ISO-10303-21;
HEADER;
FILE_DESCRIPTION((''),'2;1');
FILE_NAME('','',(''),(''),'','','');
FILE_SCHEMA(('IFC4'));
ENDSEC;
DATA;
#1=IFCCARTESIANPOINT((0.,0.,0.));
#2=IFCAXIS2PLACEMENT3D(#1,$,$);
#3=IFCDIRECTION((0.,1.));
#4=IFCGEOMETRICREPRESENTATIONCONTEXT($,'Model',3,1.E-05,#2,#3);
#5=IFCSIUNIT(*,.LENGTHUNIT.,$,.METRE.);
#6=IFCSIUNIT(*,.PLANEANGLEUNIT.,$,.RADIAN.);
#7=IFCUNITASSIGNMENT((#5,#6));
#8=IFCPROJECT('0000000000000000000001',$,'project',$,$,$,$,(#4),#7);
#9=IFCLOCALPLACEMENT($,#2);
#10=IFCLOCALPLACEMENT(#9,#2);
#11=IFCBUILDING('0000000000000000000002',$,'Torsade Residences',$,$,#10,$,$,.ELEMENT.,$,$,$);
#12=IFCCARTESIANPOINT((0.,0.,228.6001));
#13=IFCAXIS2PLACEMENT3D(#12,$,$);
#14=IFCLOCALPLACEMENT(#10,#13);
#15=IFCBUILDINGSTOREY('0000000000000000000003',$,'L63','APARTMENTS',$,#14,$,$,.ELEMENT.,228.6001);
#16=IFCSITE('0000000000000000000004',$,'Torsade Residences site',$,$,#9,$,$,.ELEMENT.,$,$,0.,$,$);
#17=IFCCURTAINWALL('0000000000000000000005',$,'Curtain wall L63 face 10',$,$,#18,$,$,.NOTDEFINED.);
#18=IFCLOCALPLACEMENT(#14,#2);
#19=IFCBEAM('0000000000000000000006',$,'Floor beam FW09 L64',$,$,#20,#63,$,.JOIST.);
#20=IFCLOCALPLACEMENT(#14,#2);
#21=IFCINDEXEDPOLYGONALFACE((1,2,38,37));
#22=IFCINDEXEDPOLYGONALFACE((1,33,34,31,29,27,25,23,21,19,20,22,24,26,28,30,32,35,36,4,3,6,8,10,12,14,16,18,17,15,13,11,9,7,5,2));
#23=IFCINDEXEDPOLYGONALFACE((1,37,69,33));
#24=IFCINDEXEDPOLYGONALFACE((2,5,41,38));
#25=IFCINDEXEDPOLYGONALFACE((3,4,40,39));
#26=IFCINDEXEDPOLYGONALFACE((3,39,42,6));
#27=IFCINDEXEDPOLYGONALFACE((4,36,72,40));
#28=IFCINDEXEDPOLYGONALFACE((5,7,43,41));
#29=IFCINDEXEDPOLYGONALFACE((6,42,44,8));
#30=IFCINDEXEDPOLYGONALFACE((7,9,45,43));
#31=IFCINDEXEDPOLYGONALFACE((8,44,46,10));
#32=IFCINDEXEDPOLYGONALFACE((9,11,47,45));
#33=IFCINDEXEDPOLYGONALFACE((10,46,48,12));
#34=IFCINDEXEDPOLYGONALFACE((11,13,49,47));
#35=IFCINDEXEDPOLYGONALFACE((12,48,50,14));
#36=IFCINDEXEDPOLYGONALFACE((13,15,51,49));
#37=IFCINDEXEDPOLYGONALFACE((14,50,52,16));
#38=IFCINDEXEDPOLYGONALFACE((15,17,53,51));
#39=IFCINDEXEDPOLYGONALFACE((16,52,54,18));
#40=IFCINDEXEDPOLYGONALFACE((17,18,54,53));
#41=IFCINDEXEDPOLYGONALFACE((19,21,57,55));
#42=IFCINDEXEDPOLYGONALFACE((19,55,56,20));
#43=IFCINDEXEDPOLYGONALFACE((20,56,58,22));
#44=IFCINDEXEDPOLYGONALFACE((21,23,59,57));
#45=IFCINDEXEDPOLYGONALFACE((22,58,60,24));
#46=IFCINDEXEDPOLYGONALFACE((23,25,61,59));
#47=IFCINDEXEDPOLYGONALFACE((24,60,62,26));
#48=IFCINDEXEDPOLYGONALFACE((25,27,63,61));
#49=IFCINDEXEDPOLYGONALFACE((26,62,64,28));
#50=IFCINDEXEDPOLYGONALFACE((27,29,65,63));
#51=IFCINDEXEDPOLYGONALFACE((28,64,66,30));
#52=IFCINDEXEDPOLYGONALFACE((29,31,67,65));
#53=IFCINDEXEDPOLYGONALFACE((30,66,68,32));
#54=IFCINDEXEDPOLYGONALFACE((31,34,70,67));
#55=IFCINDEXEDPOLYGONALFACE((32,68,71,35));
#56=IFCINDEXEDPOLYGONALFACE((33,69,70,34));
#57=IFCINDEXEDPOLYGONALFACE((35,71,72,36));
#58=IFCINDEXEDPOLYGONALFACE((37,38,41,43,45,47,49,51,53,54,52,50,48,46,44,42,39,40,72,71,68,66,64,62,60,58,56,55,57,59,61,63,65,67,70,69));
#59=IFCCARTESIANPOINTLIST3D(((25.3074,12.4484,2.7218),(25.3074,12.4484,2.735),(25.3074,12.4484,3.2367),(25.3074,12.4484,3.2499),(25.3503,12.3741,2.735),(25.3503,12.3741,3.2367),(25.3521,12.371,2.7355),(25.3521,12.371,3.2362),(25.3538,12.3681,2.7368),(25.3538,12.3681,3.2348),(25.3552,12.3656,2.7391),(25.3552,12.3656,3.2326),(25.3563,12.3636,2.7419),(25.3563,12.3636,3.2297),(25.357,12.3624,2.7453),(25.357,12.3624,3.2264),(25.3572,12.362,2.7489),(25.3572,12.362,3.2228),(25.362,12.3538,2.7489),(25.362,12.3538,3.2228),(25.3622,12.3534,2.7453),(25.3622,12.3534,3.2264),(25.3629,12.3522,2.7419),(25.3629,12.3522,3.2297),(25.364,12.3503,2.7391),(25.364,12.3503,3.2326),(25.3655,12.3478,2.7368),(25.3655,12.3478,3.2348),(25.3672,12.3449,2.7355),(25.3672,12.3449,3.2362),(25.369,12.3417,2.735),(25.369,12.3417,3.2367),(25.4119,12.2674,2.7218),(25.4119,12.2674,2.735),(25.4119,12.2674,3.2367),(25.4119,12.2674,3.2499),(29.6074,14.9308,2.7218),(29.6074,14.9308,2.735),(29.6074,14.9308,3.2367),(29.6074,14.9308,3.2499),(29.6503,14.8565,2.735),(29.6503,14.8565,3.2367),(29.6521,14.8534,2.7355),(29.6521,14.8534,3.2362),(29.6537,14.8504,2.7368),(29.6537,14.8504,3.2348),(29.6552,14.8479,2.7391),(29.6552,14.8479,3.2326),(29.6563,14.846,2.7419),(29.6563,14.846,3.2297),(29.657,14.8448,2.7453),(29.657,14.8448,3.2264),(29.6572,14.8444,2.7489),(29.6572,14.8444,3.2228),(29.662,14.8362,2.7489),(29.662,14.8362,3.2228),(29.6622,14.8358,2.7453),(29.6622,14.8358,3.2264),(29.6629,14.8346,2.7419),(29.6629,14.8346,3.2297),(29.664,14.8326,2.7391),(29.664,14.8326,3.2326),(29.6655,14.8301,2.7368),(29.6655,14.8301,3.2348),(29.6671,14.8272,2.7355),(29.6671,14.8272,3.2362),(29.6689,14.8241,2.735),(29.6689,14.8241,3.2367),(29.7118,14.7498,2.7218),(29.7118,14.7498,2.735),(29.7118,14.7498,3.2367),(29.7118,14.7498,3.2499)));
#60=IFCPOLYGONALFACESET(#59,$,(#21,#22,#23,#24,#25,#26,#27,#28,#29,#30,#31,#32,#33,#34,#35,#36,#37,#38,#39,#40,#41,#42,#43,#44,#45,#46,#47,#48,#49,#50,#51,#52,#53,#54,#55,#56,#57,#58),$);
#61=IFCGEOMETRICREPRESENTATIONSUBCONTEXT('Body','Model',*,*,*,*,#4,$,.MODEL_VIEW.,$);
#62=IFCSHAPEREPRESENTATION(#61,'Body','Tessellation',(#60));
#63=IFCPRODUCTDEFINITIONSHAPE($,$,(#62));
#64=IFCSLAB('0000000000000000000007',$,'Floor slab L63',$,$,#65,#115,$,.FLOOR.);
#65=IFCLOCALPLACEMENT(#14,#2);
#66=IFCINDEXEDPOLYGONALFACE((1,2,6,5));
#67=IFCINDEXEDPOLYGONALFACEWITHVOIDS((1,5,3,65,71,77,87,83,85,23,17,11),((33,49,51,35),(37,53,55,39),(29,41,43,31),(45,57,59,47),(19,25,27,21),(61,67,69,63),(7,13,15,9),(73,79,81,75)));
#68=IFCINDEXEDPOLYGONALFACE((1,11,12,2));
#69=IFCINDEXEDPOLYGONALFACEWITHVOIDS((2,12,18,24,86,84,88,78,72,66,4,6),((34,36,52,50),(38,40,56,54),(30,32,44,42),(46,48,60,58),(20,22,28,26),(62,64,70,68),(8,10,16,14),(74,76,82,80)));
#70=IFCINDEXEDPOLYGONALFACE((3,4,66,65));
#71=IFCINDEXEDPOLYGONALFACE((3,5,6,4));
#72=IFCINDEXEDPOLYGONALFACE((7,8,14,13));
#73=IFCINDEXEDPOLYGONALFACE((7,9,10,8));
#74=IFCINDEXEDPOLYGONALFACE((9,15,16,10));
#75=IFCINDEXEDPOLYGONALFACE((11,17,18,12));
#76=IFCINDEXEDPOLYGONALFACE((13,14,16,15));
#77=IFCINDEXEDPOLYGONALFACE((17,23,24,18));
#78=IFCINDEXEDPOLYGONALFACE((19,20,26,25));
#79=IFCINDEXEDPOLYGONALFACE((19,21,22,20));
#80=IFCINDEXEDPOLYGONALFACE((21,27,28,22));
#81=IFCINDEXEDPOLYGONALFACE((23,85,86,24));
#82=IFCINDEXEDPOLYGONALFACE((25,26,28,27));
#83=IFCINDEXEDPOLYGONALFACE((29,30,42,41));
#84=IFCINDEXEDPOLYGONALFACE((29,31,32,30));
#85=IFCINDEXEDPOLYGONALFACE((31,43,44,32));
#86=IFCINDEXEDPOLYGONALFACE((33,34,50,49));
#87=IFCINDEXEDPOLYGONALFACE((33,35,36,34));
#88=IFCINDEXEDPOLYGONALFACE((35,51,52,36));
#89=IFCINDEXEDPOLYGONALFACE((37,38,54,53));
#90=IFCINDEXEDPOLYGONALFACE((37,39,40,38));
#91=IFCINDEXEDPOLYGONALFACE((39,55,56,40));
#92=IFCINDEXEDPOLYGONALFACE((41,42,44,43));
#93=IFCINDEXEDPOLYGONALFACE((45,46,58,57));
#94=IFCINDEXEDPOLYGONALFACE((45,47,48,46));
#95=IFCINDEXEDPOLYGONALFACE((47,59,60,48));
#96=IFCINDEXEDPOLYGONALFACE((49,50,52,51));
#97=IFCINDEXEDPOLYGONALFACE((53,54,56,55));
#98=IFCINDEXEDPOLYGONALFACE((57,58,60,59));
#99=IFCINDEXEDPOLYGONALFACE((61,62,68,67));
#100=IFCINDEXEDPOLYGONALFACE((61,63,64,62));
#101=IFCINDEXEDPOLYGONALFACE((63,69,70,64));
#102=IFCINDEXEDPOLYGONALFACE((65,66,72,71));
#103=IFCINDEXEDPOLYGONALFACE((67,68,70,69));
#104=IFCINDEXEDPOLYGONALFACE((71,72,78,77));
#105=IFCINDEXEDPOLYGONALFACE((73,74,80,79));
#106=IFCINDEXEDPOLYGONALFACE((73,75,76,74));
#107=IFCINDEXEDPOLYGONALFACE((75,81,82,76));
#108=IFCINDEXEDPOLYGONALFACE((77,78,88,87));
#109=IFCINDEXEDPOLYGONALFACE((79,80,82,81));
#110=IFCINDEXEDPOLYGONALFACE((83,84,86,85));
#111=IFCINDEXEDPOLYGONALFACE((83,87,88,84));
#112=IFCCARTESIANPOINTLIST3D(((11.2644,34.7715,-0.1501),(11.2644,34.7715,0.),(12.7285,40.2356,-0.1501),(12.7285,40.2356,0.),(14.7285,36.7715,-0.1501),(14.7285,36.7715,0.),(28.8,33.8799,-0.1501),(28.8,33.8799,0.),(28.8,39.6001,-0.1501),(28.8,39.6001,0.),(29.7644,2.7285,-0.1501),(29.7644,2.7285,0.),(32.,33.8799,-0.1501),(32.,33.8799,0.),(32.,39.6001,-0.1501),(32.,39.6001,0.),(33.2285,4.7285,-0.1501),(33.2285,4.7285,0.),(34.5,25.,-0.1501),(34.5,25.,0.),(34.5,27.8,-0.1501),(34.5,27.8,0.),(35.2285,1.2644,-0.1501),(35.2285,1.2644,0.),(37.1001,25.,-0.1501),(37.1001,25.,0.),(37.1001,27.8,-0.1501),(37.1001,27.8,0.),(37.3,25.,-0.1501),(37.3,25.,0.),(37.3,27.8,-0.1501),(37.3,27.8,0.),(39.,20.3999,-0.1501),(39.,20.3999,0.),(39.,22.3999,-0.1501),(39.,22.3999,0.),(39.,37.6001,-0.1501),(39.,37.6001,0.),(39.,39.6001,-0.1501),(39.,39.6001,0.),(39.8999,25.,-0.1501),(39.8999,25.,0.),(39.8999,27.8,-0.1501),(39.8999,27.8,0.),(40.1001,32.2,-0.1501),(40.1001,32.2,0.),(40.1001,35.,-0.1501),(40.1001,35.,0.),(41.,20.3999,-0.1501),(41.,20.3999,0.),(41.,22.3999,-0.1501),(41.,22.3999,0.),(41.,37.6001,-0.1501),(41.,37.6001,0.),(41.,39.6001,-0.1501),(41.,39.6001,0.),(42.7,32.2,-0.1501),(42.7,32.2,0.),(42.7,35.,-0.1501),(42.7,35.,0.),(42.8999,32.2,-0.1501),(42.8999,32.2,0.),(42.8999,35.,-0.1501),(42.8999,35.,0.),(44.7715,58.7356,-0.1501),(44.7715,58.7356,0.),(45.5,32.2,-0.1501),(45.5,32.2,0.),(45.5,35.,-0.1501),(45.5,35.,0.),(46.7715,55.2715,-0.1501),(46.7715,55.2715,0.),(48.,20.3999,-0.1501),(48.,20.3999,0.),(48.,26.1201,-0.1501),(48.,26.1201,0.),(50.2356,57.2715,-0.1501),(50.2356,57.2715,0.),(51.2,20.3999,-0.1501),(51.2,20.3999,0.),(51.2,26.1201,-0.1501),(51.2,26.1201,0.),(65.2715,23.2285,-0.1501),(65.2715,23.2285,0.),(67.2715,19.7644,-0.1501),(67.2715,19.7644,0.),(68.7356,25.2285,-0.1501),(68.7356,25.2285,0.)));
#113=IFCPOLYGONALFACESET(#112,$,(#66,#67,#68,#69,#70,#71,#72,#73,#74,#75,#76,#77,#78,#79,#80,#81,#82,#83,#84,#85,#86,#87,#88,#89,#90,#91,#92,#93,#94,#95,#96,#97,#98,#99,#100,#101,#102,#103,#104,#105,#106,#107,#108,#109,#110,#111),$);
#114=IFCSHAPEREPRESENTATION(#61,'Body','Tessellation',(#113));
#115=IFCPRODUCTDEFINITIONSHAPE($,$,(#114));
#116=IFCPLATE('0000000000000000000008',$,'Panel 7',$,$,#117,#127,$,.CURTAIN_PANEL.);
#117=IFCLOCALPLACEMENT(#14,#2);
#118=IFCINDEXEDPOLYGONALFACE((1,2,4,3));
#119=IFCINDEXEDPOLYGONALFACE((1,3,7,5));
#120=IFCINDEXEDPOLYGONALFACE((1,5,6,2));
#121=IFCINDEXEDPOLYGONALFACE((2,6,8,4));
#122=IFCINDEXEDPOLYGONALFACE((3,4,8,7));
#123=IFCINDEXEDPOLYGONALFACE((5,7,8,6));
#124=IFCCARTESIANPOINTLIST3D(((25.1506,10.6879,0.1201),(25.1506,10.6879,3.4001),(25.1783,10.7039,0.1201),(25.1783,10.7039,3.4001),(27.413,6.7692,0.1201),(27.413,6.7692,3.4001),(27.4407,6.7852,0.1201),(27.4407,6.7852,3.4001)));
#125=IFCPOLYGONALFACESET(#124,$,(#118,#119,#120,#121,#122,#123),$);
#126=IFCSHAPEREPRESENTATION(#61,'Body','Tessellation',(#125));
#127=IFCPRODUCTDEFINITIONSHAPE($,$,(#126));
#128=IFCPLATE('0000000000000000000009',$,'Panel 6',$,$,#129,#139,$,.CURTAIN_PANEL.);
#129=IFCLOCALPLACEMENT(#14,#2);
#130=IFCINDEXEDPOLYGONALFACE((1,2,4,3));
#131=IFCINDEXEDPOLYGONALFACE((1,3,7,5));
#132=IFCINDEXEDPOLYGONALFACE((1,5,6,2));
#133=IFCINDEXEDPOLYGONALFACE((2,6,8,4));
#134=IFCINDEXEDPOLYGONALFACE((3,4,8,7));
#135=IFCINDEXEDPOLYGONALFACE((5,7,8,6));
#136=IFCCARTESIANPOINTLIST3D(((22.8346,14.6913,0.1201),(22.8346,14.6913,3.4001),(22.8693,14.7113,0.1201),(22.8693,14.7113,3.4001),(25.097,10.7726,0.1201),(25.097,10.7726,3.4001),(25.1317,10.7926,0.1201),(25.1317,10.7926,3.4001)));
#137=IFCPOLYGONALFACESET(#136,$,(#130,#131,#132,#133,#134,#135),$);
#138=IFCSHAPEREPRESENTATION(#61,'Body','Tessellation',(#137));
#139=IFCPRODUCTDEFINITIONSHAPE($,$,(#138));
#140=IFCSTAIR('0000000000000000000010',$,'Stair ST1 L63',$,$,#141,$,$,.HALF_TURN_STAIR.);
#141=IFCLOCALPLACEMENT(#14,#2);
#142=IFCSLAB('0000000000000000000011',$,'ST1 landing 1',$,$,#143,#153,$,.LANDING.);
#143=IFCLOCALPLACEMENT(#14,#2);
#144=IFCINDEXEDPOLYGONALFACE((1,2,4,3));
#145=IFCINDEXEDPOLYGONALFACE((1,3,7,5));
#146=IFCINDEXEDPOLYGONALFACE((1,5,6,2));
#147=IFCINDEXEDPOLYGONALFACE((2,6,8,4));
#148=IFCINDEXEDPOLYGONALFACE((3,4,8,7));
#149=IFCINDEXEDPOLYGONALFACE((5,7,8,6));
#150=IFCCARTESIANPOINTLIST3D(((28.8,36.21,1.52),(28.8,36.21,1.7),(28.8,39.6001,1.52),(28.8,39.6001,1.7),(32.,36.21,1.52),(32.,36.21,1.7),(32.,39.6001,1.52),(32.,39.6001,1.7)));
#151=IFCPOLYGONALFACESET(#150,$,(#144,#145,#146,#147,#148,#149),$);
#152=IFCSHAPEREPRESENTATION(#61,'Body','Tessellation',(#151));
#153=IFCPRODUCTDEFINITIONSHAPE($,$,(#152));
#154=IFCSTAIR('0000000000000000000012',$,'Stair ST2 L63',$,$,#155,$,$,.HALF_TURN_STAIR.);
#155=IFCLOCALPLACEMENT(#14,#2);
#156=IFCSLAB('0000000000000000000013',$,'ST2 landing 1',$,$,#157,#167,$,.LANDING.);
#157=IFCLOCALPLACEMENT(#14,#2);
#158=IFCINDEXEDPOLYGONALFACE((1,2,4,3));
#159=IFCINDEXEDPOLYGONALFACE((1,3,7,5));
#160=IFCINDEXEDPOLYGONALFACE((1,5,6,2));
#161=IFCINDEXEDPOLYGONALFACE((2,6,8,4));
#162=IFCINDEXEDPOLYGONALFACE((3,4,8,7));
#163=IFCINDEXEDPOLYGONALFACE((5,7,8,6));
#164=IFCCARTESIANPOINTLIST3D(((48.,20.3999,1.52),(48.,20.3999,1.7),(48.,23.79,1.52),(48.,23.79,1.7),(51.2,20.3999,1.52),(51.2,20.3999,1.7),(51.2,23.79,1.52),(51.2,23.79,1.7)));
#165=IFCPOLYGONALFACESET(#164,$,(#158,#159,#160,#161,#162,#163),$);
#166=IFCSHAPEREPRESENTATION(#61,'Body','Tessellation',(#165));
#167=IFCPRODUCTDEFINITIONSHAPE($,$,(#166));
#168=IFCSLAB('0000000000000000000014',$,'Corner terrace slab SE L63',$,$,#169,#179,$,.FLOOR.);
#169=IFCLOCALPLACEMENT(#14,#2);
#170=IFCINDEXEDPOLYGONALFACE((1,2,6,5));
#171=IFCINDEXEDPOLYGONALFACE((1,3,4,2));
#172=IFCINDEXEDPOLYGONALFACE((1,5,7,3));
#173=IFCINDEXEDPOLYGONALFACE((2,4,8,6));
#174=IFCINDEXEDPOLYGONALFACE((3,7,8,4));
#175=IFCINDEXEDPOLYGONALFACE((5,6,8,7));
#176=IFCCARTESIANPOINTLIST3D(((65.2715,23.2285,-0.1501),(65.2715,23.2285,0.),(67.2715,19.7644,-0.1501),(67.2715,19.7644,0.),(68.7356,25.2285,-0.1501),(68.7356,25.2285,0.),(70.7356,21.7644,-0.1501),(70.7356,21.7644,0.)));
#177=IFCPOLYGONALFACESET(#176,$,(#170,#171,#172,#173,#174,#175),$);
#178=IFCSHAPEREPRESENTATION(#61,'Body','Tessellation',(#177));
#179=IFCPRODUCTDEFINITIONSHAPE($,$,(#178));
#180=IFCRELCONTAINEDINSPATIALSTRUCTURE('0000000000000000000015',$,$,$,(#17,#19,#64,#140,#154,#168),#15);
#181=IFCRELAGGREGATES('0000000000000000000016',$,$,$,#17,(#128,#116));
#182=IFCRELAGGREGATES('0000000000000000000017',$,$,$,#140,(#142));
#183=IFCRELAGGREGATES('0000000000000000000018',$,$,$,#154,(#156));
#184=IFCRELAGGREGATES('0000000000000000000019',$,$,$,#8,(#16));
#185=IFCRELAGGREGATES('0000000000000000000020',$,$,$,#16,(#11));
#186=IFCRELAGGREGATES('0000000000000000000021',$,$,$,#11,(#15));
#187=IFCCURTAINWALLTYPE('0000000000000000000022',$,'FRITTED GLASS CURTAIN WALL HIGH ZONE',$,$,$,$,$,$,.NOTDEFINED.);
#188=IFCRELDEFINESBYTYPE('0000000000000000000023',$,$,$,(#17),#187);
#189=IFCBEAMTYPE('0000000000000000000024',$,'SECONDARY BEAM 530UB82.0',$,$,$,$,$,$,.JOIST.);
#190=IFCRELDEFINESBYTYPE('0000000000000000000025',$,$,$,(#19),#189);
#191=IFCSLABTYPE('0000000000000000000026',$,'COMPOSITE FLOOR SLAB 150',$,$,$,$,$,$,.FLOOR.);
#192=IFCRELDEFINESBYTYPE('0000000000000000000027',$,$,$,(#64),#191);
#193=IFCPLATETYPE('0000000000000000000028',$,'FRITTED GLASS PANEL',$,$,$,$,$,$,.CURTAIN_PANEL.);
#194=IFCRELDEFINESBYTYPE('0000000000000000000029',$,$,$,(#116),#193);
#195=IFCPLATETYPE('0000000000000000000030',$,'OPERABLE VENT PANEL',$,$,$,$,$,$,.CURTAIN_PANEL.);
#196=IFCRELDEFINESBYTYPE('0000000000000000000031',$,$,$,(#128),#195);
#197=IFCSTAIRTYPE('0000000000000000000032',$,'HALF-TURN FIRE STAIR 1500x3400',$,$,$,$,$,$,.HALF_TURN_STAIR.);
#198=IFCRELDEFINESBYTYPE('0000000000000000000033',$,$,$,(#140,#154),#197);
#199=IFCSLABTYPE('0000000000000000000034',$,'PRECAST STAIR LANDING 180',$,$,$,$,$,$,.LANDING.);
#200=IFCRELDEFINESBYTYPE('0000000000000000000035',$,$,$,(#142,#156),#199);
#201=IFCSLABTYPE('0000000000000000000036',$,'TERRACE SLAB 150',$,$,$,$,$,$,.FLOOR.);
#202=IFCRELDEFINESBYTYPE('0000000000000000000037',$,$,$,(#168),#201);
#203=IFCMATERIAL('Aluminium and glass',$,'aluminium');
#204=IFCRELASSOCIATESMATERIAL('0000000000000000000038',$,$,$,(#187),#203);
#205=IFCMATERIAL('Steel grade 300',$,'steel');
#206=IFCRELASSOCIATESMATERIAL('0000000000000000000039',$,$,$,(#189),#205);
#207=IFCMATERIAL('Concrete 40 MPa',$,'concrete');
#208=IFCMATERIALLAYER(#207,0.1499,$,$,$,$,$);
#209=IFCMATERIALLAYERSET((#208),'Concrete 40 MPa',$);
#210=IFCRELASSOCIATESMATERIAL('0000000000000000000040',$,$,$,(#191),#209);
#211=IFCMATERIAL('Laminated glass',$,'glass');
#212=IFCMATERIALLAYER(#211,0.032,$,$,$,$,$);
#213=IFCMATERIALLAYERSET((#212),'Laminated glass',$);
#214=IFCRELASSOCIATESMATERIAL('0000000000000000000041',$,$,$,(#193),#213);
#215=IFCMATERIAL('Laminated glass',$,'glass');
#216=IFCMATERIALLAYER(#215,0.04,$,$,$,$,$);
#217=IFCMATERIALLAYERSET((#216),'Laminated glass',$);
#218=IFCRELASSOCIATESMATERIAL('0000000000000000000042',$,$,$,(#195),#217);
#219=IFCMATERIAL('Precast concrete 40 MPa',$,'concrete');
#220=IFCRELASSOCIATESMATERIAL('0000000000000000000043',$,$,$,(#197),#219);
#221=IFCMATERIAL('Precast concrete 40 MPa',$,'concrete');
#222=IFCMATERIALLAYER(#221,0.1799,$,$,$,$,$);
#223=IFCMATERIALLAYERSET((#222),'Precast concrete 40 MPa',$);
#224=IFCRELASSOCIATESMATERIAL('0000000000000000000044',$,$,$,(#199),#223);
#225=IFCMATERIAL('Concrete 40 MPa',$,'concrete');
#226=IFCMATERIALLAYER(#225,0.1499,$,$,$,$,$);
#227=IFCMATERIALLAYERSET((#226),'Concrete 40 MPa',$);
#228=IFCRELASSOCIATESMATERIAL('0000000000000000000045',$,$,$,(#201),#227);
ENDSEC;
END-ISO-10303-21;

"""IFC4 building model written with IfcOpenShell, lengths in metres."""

from ifc_helpers import new_model, si_unit, direction, frame, origin, origin_2d, place, context, subcontext, project, spatial, polyline, rectangle, i_section, outline, extrude, material, layer, layer_set, material_profile, profile_set, type_object, element, aggregate, save


model = new_model("IFC4")

# Units and contexts
model_context = context("Model", 3, precision=1e-05, world=origin(), true_north=direction((0.0, 1.0)))
body_context = subcontext(model_context, "Body", "Model", "MODEL_VIEW")
ifc_project = project(units=[si_unit("LENGTHUNIT", "METRE"), si_unit("PLANEANGLEUNIT", "RADIAN")], contexts=[model_context])

# Site, building, storey
site_placement = place(None, origin())
site = spatial("IfcSite", under=ifc_project, at=site_placement, Name="Torsade Residences site", CompositionType="ELEMENT", RefElevation=0.0)
building_placement = place(site_placement, origin())
building = spatial("IfcBuilding", under=site, at=building_placement, Name="Torsade Residences", CompositionType="ELEMENT")
storey_placement = place(building_placement, frame((0.0, 0.0, 228.6001)))
storey = spatial("IfcBuildingStorey", under=building, at=storey_placement, Name="L63", Description="APARTMENTS", CompositionType="ELEMENT", Elevation=228.6001)

# Curtain wall
ifc_material_1 = material(Name="Aluminium and glass", Category="aluminium")
curtain_wall_type = type_object("IfcCurtainWallType", Name="FRITTED GLASS CURTAIN WALL HIGH ZONE", PredefinedType="NOTDEFINED", material=ifc_material_1)
curtain_wall_placement = place(storey_placement, origin())
curtain_wall = element("IfcCurtainWall", 1, at=curtain_wall_placement, inside=storey, type_object=curtain_wall_type, Name="Curtain wall L63 face 10", PredefinedType="NOTDEFINED")

# Beam
ifc_material_2 = material(Name="Steel grade 300", Category="steel")
ifc_material_profile_1 = material_profile(ifc_material_2, i_section(OverallWidth=0.209, OverallDepth=0.5281, WebThickness=0.0095, FlangeThickness=0.0132, FilletRadius=0.0139, at=origin_2d()), Name="530UB82.0")
ifc_profile_set_1 = profile_set([ifc_material_profile_1], Name="Steel grade 300")
beam_type_1 = type_object("IfcBeamType", Name="SECONDARY BEAM 530UB82.0", PredefinedType="JOIST", material=ifc_profile_set_1)
beam_1_placement = place(storey_placement, frame((25.3596, 12.3579, 2.9858), z_axis=(0.866044, 0.499968, 0.0), x_axis=(-0.499968, 0.866044, 0.0)))
element("IfcBeam", 2, at=beam_1_placement, inside=storey, type_object=beam_type_1, Name="Floor beam FW09 L64", PredefinedType="JOIST", context=body_context, shape_type="SweptSolid", body=[
    extrude(i_section(OverallWidth=0.209, OverallDepth=0.5281, WebThickness=0.0095, FlangeThickness=0.0132, FilletRadius=0.0139, at=origin_2d()), origin(), (0.0, 0.0, 1.0), 4.9651),
])

# Slab
ifc_material_3 = material(Name="Concrete 40 MPa", Category="concrete")
ifc_layer_1 = layer(ifc_material_3, 0.1499)
ifc_layer_set_1 = layer_set([ifc_layer_1], Name="Concrete 40 MPa")
slab_type_1 = type_object("IfcSlabType", Name="COMPOSITE FLOOR SLAB 150", PredefinedType="FLOOR", material=ifc_layer_set_1)
slab_1_placement = place(storey_placement, frame((0.0, 0.0, -0.1501)))
element("IfcSlab", 3, at=slab_1_placement, inside=storey, type_object=slab_type_1, Name="Floor slab L63", PredefinedType="FLOOR", context=body_context, shape_type="SweptSolid", body=[
    extrude(outline(polyline([(35.2285, 1.2644), (67.2715, 19.7644), (65.2715, 23.2285), (68.7356, 25.2285), (50.2356, 57.2715), (46.7715, 55.2715), (44.7715, 58.7356), (12.7285, 40.2356), (14.7285, 36.7715), (11.2644, 34.7715), (29.7644, 2.7285), (33.2285, 4.7285), (35.2285, 1.2644)]), holes=[polyline([(51.2, 26.1201), (48.0, 26.1201), (48.0, 20.3999), (51.2, 20.3999), (51.2, 26.1201)]), polyline([(45.5, 35.0), (42.8999, 35.0), (42.8999, 32.2), (45.5, 32.2), (45.5, 35.0)]), polyline([(42.7, 35.0), (40.1001, 35.0), (40.1001, 32.2), (42.7, 32.2), (42.7, 35.0)]), polyline([(41.0, 22.3999), (39.0, 22.3999), (39.0, 20.3999), (41.0, 20.3999), (41.0, 22.3999)]), polyline([(41.0, 39.6001), (39.0, 39.6001), (39.0, 37.6001), (41.0, 37.6001), (41.0, 39.6001)]), polyline([(39.8999, 27.8), (37.3, 27.8), (37.3, 25.0), (39.8999, 25.0), (39.8999, 27.8)]), polyline([(37.1001, 27.8), (34.5, 27.8), (34.5, 25.0), (37.1001, 25.0), (37.1001, 27.8)]), polyline([(32.0, 39.6001), (28.8, 39.6001), (28.8, 33.8799), (32.0, 33.8799), (32.0, 39.6001)])]), origin(), (0.0, 0.0, 1.0), 0.1501),
])

# Plates
ifc_material_4 = material(Name="Laminated glass", Category="glass")
ifc_layer_2 = layer(ifc_material_4, 0.032)
ifc_layer_set_2 = layer_set([ifc_layer_2], Name="Laminated glass")
plate_type_1 = type_object("IfcPlateType", Name="FRITTED GLASS PANEL", PredefinedType="CURTAIN_PANEL", material=ifc_layer_set_2)
plate_1_placement = place(storey_placement, frame((26.2957, 8.7366, 0.1201), z_axis=(0.0, 0.0, 1.0), x_axis=(0.5, -0.866025, 0.0)))
plate_1 = element("IfcPlate", 4, at=plate_1_placement, type_object=plate_type_1, Name="Panel 7", PredefinedType="CURTAIN_PANEL", context=body_context, shape_type="SweptSolid", body=[
    extrude(rectangle(XDim=4.5249, YDim=0.032, at=origin_2d()), origin(), (0.0, 0.0, 1.0), 3.28),
])
ifc_material_5 = material(Name="Laminated glass", Category="glass")
ifc_layer_3 = layer(ifc_material_5, 0.04)
ifc_layer_set_3 = layer_set([ifc_layer_3], Name="Laminated glass")
plate_type_2 = type_object("IfcPlateType", Name="OPERABLE VENT PANEL", PredefinedType="CURTAIN_PANEL", material=ifc_layer_set_3)
plate_2_placement = place(storey_placement, frame((23.9832, 12.7419, 0.1201), z_axis=(0.0, 0.0, 1.0), x_axis=(0.5, -0.866025, 0.0)))
plate_2 = element("IfcPlate", 5, at=plate_2_placement, type_object=plate_type_2, Name="Panel 6", PredefinedType="CURTAIN_PANEL", context=body_context, shape_type="SweptSolid", body=[
    extrude(rectangle(XDim=4.5249, YDim=0.04, at=origin_2d()), origin(), (0.0, 0.0, 1.0), 3.28),
])
aggregate(curtain_wall, [plate_2, plate_1])

# Stairs, slabs
ifc_material_6 = material(Name="Precast concrete 40 MPa", Category="concrete")
stair_type = type_object("IfcStairType", Name="HALF-TURN FIRE STAIR 1500x3400", PredefinedType="HALF_TURN_STAIR", material=ifc_material_6)
stair_1_placement = place(storey_placement, origin())
stair_1 = element("IfcStair", 6, at=stair_1_placement, inside=storey, type_object=stair_type, Name="Stair ST1 L63", PredefinedType="HALF_TURN_STAIR")
ifc_material_7 = material(Name="Precast concrete 40 MPa", Category="concrete")
ifc_layer_4 = layer(ifc_material_7, 0.1799)
ifc_layer_set_4 = layer_set([ifc_layer_4], Name="Precast concrete 40 MPa")
slab_type_2 = type_object("IfcSlabType", Name="PRECAST STAIR LANDING 180", PredefinedType="LANDING", material=ifc_layer_set_4)
slab_2_placement = place(storey_placement, frame((0.0, 0.0, 1.52)))
slab_2 = element("IfcSlab", 7, at=slab_2_placement, type_object=slab_type_2, Name="ST1 landing 1", PredefinedType="LANDING", context=body_context, shape_type="SweptSolid", body=[
    extrude(outline(polyline([(28.8, 36.21), (32.0, 36.21), (32.0, 39.6001), (28.8, 39.6001), (28.8, 36.21)])), origin(), (0.0, 0.0, 1.0), 0.1799),
])
aggregate(stair_1, [slab_2])
stair_2_placement = place(storey_placement, origin())
stair_2 = element("IfcStair", 8, at=stair_2_placement, inside=storey, type_object=stair_type, Name="Stair ST2 L63", PredefinedType="HALF_TURN_STAIR")
slab_3_placement = place(storey_placement, frame((0.0, 0.0, 1.52)))
slab_3 = element("IfcSlab", 9, at=slab_3_placement, type_object=slab_type_2, Name="ST2 landing 1", PredefinedType="LANDING", context=body_context, shape_type="SweptSolid", body=[
    extrude(outline(polyline([(48.0, 20.3999), (51.2, 20.3999), (51.2, 23.79), (48.0, 23.79), (48.0, 20.3999)])), origin(), (0.0, 0.0, 1.0), 0.1799),
])
aggregate(stair_2, [slab_3])

# Slab
ifc_material_8 = material(Name="Concrete 40 MPa", Category="concrete")
ifc_layer_5 = layer(ifc_material_8, 0.1499)
ifc_layer_set_5 = layer_set([ifc_layer_5], Name="Concrete 40 MPa")
slab_type_3 = type_object("IfcSlabType", Name="TERRACE SLAB 150", PredefinedType="FLOOR", material=ifc_layer_set_5)
slab_4_placement = place(storey_placement, frame((0.0, 0.0, -0.1501)))
element("IfcSlab", 10, at=slab_4_placement, inside=storey, type_object=slab_type_3, Name="Corner terrace slab SE L63", PredefinedType="FLOOR", context=body_context, shape_type="SweptSolid", body=[
    extrude(outline(polyline([(67.2715, 19.7644), (70.7356, 21.7644), (68.7356, 25.2285), (65.2715, 23.2285), (67.2715, 19.7644)])), origin(), (0.0, 0.0, 1.0), 0.1501),
])

save(model, "model.ifc")
